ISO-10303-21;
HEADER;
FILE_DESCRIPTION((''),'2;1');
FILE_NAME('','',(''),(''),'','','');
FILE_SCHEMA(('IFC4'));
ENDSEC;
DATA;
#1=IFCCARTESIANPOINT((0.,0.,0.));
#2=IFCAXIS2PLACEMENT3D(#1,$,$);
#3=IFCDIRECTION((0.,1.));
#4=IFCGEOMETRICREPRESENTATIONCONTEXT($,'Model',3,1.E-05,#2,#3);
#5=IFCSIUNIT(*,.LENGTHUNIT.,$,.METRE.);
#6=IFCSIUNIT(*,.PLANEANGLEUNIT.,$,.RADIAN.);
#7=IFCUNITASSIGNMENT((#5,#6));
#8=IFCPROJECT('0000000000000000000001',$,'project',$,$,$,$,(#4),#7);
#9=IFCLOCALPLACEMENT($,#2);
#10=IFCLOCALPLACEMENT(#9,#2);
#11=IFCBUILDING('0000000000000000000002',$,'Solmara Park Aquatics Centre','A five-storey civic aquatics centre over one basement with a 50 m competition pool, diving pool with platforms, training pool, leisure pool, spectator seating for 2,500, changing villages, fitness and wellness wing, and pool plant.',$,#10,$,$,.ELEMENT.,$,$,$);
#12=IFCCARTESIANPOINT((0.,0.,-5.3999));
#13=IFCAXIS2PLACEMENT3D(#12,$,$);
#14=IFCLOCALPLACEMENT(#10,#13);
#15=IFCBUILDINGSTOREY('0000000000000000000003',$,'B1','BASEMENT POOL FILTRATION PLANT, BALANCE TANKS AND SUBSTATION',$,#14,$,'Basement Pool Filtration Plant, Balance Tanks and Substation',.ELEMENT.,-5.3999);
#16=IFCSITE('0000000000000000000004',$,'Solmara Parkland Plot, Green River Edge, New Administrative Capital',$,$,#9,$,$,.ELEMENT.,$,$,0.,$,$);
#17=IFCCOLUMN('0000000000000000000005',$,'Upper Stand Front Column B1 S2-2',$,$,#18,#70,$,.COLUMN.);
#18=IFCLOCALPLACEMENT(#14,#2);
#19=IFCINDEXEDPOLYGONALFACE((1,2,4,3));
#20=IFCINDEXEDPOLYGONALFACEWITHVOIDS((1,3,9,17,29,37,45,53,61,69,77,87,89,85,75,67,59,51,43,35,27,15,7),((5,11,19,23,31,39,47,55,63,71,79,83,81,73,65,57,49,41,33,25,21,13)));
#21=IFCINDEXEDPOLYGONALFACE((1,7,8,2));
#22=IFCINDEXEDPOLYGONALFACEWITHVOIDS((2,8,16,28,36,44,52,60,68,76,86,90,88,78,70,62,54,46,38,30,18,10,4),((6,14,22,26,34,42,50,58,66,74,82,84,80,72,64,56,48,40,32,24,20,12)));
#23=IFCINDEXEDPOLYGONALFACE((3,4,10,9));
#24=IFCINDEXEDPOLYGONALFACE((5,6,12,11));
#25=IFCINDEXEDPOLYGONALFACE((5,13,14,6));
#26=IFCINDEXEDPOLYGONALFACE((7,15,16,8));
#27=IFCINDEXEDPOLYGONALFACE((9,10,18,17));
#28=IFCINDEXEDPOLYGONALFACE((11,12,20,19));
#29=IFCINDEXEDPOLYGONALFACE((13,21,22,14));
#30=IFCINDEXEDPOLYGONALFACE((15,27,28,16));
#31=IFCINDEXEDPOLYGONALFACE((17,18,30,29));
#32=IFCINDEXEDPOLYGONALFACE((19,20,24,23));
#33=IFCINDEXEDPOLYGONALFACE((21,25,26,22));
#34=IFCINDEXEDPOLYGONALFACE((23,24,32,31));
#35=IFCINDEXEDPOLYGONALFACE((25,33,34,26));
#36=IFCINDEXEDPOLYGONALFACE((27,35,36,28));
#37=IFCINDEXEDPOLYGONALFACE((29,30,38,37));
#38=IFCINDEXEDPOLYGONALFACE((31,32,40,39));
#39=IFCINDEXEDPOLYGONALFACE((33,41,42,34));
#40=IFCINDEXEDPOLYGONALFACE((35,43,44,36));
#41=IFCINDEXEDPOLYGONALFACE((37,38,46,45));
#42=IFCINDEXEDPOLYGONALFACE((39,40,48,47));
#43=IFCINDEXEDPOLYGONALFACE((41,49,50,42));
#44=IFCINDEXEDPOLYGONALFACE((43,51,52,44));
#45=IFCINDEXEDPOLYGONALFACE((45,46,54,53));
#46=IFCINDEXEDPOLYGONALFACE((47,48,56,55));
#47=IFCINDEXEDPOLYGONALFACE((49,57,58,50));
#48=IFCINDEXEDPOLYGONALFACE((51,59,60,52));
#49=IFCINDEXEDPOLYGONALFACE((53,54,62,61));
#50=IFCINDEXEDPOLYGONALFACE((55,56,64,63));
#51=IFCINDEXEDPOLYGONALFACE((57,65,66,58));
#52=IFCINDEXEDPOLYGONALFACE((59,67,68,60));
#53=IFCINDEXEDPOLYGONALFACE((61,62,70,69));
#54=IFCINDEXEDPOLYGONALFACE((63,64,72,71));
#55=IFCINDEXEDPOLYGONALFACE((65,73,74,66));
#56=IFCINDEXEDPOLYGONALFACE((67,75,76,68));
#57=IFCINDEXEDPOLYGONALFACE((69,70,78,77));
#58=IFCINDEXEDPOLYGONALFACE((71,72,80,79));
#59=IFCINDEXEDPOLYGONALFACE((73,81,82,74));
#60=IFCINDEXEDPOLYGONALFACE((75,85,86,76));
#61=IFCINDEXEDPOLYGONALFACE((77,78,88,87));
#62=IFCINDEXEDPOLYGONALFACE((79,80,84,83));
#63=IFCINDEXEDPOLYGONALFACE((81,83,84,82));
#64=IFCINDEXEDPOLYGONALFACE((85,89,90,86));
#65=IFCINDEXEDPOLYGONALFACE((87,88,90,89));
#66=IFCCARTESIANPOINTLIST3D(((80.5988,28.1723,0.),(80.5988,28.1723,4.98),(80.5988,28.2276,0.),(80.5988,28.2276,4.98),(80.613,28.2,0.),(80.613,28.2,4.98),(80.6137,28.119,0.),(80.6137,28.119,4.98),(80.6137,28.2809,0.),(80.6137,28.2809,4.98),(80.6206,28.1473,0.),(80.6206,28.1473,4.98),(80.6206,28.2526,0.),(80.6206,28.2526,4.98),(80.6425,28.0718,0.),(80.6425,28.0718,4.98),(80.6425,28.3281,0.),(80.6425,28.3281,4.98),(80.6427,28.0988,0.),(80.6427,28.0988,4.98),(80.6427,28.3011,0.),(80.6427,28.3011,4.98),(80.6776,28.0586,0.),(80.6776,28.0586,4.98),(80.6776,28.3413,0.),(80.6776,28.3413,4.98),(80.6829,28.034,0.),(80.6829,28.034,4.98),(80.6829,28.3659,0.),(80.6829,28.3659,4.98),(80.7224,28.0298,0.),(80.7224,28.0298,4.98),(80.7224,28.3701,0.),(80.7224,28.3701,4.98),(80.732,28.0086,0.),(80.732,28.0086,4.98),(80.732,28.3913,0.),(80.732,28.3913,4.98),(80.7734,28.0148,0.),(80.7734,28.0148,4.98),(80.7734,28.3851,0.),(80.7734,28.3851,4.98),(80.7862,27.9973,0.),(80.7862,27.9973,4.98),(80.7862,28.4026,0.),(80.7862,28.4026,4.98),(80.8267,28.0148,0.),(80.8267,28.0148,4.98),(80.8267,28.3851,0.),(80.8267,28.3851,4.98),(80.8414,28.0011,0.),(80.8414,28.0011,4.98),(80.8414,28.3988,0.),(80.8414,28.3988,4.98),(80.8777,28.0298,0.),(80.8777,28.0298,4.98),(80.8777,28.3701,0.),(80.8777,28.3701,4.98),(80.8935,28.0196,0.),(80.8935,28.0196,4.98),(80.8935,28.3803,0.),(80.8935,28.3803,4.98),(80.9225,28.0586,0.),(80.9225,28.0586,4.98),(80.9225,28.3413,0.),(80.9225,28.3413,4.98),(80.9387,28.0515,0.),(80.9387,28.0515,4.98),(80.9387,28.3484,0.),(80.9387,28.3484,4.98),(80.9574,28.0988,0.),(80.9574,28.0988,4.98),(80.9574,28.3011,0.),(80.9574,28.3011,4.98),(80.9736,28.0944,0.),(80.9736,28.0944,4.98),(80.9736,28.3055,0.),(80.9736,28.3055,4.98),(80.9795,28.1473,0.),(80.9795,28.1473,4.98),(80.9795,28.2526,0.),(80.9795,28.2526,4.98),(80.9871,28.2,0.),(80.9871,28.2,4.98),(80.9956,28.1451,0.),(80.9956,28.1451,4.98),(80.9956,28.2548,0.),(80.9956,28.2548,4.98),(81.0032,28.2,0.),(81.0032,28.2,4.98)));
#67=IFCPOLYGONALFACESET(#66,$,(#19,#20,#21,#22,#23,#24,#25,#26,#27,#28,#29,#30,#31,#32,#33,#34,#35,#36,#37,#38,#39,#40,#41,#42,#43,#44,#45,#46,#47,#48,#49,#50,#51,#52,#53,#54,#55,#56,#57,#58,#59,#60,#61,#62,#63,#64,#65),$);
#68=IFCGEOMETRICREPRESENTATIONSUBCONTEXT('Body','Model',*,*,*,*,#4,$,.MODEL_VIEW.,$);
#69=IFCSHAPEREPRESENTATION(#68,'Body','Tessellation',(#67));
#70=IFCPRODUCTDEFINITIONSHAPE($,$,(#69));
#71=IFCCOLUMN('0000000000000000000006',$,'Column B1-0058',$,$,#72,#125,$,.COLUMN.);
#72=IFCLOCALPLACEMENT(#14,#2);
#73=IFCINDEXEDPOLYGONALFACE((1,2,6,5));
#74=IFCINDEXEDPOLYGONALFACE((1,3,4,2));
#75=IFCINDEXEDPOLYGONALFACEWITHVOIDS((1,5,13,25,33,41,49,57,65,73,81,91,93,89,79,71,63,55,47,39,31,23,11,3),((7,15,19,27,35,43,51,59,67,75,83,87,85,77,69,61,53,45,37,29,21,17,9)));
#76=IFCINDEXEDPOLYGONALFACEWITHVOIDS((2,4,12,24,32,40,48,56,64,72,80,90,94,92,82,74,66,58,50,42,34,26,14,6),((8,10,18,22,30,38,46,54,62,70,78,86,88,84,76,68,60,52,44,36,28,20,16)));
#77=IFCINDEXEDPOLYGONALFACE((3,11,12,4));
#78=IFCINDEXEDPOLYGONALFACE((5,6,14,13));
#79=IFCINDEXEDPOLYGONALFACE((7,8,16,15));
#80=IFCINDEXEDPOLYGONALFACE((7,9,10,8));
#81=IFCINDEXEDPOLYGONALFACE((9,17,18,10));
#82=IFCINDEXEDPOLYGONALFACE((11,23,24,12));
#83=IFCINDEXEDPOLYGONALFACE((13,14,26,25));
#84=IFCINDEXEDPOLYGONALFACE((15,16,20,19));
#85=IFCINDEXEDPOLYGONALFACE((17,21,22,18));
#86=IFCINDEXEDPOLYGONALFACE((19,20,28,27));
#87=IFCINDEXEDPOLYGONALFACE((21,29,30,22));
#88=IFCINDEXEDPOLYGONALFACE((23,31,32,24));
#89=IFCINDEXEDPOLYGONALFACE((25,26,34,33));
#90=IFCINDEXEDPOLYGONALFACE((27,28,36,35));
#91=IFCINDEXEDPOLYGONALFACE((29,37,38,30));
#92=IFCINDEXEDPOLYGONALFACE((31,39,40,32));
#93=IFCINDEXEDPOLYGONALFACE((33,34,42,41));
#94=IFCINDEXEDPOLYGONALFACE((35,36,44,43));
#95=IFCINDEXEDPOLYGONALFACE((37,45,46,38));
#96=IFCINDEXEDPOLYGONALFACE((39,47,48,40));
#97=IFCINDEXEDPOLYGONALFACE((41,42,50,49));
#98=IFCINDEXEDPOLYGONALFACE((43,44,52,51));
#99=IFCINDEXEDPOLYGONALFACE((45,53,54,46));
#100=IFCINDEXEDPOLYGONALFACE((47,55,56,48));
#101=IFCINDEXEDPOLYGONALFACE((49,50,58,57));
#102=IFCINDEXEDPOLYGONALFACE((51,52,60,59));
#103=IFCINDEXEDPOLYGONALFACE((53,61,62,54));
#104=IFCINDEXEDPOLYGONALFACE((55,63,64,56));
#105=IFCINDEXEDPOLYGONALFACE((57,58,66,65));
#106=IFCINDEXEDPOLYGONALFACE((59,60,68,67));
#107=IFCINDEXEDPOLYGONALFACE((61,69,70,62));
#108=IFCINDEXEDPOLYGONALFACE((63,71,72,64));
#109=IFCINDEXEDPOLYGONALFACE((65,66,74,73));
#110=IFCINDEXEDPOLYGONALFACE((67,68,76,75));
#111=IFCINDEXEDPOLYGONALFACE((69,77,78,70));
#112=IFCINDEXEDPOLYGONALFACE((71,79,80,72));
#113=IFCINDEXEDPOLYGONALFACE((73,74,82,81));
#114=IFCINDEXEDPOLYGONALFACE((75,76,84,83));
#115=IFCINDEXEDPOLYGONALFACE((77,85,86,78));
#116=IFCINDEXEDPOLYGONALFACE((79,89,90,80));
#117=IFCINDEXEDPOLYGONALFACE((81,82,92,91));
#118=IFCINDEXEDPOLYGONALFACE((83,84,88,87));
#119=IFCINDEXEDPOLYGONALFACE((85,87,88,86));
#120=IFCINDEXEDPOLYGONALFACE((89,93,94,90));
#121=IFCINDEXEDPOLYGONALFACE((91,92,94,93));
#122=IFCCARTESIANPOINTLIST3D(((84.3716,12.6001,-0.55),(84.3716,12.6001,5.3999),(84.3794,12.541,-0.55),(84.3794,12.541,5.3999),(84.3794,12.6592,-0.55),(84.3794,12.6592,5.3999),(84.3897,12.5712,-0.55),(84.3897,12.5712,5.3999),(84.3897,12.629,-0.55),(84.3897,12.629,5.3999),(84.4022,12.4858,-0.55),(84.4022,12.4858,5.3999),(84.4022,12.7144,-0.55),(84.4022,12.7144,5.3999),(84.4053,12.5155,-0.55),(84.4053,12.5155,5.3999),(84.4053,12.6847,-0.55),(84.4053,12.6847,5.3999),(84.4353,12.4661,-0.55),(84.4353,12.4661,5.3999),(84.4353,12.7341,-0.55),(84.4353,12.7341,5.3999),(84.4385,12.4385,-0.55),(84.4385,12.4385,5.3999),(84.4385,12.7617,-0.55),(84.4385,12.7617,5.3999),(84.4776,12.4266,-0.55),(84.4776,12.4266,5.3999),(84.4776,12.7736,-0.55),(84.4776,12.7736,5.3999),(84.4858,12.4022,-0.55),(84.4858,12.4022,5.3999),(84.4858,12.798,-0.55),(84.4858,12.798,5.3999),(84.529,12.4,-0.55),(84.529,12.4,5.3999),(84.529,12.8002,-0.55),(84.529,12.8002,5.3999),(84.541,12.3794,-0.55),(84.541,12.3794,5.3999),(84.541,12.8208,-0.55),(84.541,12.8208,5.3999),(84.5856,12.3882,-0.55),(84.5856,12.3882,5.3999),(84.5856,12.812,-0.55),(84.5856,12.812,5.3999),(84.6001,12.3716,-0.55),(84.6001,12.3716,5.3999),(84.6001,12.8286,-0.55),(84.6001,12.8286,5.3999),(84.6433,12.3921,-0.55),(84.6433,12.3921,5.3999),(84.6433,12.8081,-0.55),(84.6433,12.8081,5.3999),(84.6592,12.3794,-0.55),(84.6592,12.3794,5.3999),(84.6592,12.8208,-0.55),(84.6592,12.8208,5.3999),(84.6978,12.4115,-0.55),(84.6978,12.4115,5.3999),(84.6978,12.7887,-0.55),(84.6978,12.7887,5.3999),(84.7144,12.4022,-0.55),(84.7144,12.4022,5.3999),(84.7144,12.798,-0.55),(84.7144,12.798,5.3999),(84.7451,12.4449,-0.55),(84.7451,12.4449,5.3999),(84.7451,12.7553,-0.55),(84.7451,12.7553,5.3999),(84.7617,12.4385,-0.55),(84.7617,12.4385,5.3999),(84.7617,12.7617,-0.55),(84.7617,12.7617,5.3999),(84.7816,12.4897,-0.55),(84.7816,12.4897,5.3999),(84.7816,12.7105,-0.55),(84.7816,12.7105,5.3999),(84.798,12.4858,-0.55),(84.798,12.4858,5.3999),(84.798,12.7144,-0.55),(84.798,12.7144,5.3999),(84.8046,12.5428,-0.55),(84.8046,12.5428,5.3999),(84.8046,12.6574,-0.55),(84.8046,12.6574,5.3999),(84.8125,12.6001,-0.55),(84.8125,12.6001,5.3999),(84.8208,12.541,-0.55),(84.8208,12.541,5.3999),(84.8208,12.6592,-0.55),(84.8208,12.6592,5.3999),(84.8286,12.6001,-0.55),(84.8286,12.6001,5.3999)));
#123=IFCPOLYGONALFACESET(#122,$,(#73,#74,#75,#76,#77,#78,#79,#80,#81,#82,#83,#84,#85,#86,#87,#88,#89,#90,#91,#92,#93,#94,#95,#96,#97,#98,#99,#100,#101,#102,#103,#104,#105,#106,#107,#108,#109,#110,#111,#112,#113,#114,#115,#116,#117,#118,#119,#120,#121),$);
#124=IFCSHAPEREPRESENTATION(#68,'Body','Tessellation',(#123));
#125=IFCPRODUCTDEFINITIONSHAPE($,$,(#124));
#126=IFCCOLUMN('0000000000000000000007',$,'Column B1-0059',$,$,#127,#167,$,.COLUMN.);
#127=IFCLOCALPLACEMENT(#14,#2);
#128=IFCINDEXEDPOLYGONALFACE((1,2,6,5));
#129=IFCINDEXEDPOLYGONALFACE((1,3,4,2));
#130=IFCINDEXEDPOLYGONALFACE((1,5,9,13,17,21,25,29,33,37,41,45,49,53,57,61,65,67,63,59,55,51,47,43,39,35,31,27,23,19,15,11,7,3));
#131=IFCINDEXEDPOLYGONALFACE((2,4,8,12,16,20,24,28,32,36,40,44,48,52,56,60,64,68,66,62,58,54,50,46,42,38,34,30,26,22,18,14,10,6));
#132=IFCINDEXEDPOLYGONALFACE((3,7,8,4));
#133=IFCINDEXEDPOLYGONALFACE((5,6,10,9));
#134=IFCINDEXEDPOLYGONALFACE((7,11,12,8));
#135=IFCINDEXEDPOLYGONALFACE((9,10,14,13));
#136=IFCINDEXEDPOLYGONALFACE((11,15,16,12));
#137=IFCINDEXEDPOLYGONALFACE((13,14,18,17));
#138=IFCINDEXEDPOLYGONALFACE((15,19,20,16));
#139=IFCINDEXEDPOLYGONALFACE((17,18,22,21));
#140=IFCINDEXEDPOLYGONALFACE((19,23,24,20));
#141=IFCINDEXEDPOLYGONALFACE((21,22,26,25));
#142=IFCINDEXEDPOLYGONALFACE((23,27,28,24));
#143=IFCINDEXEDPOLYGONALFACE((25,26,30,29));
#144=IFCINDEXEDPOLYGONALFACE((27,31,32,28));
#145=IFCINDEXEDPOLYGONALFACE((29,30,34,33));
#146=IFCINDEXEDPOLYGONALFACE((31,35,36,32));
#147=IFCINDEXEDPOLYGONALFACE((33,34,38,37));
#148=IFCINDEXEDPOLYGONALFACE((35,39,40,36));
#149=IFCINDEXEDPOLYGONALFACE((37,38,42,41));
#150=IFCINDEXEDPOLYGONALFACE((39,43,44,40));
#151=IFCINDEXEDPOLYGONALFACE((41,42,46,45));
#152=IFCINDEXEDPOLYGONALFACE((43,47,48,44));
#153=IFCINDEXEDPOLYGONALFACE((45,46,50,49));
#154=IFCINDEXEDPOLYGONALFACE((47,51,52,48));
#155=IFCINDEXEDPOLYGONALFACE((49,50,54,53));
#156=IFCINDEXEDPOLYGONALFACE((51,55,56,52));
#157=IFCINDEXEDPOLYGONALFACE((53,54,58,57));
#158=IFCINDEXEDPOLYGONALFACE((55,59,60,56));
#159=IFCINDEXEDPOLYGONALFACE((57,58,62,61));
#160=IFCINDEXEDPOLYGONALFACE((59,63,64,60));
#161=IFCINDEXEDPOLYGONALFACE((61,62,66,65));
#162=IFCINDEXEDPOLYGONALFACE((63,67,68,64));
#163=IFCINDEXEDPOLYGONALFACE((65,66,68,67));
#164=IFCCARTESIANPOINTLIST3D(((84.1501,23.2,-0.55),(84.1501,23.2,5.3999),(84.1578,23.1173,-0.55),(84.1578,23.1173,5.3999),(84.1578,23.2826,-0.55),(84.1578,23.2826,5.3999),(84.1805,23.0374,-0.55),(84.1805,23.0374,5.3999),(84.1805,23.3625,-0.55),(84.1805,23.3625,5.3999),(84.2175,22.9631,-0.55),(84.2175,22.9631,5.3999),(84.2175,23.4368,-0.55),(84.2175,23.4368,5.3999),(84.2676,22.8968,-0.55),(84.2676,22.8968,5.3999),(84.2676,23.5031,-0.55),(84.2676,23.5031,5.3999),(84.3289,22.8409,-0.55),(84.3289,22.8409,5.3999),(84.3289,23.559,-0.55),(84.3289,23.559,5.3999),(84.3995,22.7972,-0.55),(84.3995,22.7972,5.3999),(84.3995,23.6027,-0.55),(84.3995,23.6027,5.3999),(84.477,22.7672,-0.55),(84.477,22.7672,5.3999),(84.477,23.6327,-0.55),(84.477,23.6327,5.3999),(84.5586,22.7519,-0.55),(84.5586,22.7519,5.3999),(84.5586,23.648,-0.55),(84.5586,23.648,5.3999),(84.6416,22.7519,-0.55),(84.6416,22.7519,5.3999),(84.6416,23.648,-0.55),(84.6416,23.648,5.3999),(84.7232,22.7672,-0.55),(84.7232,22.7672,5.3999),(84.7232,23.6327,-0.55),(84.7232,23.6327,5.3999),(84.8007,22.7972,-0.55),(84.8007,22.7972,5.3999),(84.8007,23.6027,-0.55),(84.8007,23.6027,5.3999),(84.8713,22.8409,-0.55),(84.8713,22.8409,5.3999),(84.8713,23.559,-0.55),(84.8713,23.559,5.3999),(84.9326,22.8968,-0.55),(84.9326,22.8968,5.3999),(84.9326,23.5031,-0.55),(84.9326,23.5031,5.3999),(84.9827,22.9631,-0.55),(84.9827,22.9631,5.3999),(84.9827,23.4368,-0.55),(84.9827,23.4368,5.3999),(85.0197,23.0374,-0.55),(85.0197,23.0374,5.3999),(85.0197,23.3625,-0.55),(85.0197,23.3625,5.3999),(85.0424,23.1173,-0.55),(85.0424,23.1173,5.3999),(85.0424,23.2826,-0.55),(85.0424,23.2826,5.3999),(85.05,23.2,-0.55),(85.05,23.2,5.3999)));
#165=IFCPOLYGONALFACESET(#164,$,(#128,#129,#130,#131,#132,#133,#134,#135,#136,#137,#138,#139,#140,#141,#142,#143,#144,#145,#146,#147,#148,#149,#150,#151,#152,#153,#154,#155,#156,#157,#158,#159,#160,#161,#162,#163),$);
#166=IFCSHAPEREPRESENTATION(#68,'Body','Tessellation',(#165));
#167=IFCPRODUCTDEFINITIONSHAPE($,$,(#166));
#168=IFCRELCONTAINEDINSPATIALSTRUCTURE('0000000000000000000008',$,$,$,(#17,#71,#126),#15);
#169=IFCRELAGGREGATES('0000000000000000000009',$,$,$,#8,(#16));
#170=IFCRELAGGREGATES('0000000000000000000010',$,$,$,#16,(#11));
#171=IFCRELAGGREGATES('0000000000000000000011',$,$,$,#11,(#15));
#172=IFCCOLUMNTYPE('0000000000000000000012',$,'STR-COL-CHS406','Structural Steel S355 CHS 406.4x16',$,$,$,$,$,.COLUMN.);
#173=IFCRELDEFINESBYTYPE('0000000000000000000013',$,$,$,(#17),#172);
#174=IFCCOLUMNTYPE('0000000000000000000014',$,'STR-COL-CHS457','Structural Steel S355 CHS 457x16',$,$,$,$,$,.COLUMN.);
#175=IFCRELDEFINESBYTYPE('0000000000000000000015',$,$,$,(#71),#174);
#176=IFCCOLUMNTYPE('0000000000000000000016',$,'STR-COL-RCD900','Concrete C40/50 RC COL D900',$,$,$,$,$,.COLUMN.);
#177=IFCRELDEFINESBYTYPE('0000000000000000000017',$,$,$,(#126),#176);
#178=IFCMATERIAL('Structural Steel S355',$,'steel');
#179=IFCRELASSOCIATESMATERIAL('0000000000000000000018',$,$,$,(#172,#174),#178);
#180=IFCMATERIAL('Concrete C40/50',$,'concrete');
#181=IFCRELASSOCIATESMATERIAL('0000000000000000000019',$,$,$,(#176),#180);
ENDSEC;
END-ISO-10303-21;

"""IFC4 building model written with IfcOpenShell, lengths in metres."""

from ifc_helpers import new_model, si_unit, direction, frame, origin, origin_2d, place, context, subcontext, project, spatial, circle, hollow_circle, extrude, material, material_profile, profile_set, type_object, element, save


model = new_model("IFC4")

# Units and contexts
model_context = context("Model", 3, precision=1e-05, world=origin(), true_north=direction((0.0, 1.0)))
body_context = subcontext(model_context, "Body", "Model", "MODEL_VIEW")
ifc_project = project(units=[si_unit("LENGTHUNIT", "METRE"), si_unit("PLANEANGLEUNIT", "RADIAN")], contexts=[model_context])

# Site, building, storey
site_placement = place(None, origin())
site = spatial("IfcSite", under=ifc_project, at=site_placement, Name="Solmara Parkland Plot, Green River Edge, New Administrative Capital", CompositionType="ELEMENT", RefElevation=0.0)
building_placement = place(site_placement, origin())
building = spatial("IfcBuilding", under=site, at=building_placement, Name="Solmara Park Aquatics Centre", Description="A five-storey civic aquatics centre over one basement with a 50 m competition pool, diving pool with platforms, training pool, leisure pool, spectator seating for 2,500, changing villages, fitness and wellness wing, and pool plant.", CompositionType="ELEMENT")
storey_placement = place(building_placement, frame((0.0, 0.0, -5.3999)))
storey = spatial("IfcBuildingStorey", under=building, at=storey_placement, Name="B1", Description="BASEMENT POOL FILTRATION PLANT, BALANCE TANKS AND SUBSTATION", LongName="Basement Pool Filtration Plant, Balance Tanks and Substation", CompositionType="ELEMENT", Elevation=-5.3999)

# Columns
ifc_material_1 = material(Name="Structural Steel S355", Category="steel")
ifc_material_profile_1 = material_profile(ifc_material_1, hollow_circle(Radius=0.2031, WallThickness=0.0161, at=origin_2d()), Name="CHS 406.4x16")
ifc_profile_set_1 = profile_set([ifc_material_profile_1], Name="Structural Steel S355")
column_type_1 = type_object("IfcColumnType", Name="STR-COL-CHS406", Description="Structural Steel S355 CHS 406.4x16", PredefinedType="COLUMN", material=ifc_profile_set_1)
column_1_placement = place(storey_placement, frame((80.8, 28.2, 0.0), z_axis=(0.0, 0.0, 1.0), x_axis=(1.0, 0.0, 0.0)))
element("IfcColumn", 1, at=column_1_placement, inside=storey, type_object=column_type_1, Name="Upper Stand Front Column B1 S2-2", PredefinedType="COLUMN", context=body_context, shape_type="SweptSolid", body=[
    extrude(hollow_circle(Radius=0.2031, WallThickness=0.0161, at=origin_2d()), origin(), (0.0, 0.0, 1.0), 4.98),
])
ifc_material_profile_2 = material_profile(ifc_material_1, hollow_circle(Radius=0.2285, WallThickness=0.0161, at=origin_2d()), Name="CHS 457x16")
ifc_profile_set_2 = profile_set([ifc_material_profile_2], Name="Structural Steel S355")
column_type_2 = type_object("IfcColumnType", Name="STR-COL-CHS457", Description="Structural Steel S355 CHS 457x16", PredefinedType="COLUMN", material=ifc_profile_set_2)
column_2_placement = place(storey_placement, frame((84.6001, 12.6001, -0.55), z_axis=(0.0, 0.0, 1.0), x_axis=(1.0, 0.0, 0.0)))
element("IfcColumn", 2, at=column_2_placement, inside=storey, type_object=column_type_2, Name="Column B1-0058", PredefinedType="COLUMN", context=body_context, shape_type="SweptSolid", body=[
    extrude(hollow_circle(Radius=0.2285, WallThickness=0.0161, at=origin_2d()), origin(), (0.0, 0.0, 1.0), 5.95),
])
ifc_material_2 = material(Name="Concrete C40/50", Category="concrete")
ifc_material_profile_3 = material_profile(ifc_material_2, circle(Radius=0.45, at=origin_2d()), Name="RC COL D900")
ifc_profile_set_3 = profile_set([ifc_material_profile_3], Name="Concrete C40/50")
column_type_3 = type_object("IfcColumnType", Name="STR-COL-RCD900", Description="Concrete C40/50 RC COL D900", PredefinedType="COLUMN", material=ifc_profile_set_3)
column_3_placement = place(storey_placement, frame((84.6001, 23.2, -0.55), z_axis=(0.0, 0.0, 1.0), x_axis=(1.0, 0.0, 0.0)))
element("IfcColumn", 3, at=column_3_placement, inside=storey, type_object=column_type_3, Name="Column B1-0059", PredefinedType="COLUMN", context=body_context, shape_type="SweptSolid", body=[
    extrude(circle(Radius=0.45, at=origin_2d()), origin(), (0.0, 0.0, 1.0), 5.95),
])

save(model, "model.ifc")
